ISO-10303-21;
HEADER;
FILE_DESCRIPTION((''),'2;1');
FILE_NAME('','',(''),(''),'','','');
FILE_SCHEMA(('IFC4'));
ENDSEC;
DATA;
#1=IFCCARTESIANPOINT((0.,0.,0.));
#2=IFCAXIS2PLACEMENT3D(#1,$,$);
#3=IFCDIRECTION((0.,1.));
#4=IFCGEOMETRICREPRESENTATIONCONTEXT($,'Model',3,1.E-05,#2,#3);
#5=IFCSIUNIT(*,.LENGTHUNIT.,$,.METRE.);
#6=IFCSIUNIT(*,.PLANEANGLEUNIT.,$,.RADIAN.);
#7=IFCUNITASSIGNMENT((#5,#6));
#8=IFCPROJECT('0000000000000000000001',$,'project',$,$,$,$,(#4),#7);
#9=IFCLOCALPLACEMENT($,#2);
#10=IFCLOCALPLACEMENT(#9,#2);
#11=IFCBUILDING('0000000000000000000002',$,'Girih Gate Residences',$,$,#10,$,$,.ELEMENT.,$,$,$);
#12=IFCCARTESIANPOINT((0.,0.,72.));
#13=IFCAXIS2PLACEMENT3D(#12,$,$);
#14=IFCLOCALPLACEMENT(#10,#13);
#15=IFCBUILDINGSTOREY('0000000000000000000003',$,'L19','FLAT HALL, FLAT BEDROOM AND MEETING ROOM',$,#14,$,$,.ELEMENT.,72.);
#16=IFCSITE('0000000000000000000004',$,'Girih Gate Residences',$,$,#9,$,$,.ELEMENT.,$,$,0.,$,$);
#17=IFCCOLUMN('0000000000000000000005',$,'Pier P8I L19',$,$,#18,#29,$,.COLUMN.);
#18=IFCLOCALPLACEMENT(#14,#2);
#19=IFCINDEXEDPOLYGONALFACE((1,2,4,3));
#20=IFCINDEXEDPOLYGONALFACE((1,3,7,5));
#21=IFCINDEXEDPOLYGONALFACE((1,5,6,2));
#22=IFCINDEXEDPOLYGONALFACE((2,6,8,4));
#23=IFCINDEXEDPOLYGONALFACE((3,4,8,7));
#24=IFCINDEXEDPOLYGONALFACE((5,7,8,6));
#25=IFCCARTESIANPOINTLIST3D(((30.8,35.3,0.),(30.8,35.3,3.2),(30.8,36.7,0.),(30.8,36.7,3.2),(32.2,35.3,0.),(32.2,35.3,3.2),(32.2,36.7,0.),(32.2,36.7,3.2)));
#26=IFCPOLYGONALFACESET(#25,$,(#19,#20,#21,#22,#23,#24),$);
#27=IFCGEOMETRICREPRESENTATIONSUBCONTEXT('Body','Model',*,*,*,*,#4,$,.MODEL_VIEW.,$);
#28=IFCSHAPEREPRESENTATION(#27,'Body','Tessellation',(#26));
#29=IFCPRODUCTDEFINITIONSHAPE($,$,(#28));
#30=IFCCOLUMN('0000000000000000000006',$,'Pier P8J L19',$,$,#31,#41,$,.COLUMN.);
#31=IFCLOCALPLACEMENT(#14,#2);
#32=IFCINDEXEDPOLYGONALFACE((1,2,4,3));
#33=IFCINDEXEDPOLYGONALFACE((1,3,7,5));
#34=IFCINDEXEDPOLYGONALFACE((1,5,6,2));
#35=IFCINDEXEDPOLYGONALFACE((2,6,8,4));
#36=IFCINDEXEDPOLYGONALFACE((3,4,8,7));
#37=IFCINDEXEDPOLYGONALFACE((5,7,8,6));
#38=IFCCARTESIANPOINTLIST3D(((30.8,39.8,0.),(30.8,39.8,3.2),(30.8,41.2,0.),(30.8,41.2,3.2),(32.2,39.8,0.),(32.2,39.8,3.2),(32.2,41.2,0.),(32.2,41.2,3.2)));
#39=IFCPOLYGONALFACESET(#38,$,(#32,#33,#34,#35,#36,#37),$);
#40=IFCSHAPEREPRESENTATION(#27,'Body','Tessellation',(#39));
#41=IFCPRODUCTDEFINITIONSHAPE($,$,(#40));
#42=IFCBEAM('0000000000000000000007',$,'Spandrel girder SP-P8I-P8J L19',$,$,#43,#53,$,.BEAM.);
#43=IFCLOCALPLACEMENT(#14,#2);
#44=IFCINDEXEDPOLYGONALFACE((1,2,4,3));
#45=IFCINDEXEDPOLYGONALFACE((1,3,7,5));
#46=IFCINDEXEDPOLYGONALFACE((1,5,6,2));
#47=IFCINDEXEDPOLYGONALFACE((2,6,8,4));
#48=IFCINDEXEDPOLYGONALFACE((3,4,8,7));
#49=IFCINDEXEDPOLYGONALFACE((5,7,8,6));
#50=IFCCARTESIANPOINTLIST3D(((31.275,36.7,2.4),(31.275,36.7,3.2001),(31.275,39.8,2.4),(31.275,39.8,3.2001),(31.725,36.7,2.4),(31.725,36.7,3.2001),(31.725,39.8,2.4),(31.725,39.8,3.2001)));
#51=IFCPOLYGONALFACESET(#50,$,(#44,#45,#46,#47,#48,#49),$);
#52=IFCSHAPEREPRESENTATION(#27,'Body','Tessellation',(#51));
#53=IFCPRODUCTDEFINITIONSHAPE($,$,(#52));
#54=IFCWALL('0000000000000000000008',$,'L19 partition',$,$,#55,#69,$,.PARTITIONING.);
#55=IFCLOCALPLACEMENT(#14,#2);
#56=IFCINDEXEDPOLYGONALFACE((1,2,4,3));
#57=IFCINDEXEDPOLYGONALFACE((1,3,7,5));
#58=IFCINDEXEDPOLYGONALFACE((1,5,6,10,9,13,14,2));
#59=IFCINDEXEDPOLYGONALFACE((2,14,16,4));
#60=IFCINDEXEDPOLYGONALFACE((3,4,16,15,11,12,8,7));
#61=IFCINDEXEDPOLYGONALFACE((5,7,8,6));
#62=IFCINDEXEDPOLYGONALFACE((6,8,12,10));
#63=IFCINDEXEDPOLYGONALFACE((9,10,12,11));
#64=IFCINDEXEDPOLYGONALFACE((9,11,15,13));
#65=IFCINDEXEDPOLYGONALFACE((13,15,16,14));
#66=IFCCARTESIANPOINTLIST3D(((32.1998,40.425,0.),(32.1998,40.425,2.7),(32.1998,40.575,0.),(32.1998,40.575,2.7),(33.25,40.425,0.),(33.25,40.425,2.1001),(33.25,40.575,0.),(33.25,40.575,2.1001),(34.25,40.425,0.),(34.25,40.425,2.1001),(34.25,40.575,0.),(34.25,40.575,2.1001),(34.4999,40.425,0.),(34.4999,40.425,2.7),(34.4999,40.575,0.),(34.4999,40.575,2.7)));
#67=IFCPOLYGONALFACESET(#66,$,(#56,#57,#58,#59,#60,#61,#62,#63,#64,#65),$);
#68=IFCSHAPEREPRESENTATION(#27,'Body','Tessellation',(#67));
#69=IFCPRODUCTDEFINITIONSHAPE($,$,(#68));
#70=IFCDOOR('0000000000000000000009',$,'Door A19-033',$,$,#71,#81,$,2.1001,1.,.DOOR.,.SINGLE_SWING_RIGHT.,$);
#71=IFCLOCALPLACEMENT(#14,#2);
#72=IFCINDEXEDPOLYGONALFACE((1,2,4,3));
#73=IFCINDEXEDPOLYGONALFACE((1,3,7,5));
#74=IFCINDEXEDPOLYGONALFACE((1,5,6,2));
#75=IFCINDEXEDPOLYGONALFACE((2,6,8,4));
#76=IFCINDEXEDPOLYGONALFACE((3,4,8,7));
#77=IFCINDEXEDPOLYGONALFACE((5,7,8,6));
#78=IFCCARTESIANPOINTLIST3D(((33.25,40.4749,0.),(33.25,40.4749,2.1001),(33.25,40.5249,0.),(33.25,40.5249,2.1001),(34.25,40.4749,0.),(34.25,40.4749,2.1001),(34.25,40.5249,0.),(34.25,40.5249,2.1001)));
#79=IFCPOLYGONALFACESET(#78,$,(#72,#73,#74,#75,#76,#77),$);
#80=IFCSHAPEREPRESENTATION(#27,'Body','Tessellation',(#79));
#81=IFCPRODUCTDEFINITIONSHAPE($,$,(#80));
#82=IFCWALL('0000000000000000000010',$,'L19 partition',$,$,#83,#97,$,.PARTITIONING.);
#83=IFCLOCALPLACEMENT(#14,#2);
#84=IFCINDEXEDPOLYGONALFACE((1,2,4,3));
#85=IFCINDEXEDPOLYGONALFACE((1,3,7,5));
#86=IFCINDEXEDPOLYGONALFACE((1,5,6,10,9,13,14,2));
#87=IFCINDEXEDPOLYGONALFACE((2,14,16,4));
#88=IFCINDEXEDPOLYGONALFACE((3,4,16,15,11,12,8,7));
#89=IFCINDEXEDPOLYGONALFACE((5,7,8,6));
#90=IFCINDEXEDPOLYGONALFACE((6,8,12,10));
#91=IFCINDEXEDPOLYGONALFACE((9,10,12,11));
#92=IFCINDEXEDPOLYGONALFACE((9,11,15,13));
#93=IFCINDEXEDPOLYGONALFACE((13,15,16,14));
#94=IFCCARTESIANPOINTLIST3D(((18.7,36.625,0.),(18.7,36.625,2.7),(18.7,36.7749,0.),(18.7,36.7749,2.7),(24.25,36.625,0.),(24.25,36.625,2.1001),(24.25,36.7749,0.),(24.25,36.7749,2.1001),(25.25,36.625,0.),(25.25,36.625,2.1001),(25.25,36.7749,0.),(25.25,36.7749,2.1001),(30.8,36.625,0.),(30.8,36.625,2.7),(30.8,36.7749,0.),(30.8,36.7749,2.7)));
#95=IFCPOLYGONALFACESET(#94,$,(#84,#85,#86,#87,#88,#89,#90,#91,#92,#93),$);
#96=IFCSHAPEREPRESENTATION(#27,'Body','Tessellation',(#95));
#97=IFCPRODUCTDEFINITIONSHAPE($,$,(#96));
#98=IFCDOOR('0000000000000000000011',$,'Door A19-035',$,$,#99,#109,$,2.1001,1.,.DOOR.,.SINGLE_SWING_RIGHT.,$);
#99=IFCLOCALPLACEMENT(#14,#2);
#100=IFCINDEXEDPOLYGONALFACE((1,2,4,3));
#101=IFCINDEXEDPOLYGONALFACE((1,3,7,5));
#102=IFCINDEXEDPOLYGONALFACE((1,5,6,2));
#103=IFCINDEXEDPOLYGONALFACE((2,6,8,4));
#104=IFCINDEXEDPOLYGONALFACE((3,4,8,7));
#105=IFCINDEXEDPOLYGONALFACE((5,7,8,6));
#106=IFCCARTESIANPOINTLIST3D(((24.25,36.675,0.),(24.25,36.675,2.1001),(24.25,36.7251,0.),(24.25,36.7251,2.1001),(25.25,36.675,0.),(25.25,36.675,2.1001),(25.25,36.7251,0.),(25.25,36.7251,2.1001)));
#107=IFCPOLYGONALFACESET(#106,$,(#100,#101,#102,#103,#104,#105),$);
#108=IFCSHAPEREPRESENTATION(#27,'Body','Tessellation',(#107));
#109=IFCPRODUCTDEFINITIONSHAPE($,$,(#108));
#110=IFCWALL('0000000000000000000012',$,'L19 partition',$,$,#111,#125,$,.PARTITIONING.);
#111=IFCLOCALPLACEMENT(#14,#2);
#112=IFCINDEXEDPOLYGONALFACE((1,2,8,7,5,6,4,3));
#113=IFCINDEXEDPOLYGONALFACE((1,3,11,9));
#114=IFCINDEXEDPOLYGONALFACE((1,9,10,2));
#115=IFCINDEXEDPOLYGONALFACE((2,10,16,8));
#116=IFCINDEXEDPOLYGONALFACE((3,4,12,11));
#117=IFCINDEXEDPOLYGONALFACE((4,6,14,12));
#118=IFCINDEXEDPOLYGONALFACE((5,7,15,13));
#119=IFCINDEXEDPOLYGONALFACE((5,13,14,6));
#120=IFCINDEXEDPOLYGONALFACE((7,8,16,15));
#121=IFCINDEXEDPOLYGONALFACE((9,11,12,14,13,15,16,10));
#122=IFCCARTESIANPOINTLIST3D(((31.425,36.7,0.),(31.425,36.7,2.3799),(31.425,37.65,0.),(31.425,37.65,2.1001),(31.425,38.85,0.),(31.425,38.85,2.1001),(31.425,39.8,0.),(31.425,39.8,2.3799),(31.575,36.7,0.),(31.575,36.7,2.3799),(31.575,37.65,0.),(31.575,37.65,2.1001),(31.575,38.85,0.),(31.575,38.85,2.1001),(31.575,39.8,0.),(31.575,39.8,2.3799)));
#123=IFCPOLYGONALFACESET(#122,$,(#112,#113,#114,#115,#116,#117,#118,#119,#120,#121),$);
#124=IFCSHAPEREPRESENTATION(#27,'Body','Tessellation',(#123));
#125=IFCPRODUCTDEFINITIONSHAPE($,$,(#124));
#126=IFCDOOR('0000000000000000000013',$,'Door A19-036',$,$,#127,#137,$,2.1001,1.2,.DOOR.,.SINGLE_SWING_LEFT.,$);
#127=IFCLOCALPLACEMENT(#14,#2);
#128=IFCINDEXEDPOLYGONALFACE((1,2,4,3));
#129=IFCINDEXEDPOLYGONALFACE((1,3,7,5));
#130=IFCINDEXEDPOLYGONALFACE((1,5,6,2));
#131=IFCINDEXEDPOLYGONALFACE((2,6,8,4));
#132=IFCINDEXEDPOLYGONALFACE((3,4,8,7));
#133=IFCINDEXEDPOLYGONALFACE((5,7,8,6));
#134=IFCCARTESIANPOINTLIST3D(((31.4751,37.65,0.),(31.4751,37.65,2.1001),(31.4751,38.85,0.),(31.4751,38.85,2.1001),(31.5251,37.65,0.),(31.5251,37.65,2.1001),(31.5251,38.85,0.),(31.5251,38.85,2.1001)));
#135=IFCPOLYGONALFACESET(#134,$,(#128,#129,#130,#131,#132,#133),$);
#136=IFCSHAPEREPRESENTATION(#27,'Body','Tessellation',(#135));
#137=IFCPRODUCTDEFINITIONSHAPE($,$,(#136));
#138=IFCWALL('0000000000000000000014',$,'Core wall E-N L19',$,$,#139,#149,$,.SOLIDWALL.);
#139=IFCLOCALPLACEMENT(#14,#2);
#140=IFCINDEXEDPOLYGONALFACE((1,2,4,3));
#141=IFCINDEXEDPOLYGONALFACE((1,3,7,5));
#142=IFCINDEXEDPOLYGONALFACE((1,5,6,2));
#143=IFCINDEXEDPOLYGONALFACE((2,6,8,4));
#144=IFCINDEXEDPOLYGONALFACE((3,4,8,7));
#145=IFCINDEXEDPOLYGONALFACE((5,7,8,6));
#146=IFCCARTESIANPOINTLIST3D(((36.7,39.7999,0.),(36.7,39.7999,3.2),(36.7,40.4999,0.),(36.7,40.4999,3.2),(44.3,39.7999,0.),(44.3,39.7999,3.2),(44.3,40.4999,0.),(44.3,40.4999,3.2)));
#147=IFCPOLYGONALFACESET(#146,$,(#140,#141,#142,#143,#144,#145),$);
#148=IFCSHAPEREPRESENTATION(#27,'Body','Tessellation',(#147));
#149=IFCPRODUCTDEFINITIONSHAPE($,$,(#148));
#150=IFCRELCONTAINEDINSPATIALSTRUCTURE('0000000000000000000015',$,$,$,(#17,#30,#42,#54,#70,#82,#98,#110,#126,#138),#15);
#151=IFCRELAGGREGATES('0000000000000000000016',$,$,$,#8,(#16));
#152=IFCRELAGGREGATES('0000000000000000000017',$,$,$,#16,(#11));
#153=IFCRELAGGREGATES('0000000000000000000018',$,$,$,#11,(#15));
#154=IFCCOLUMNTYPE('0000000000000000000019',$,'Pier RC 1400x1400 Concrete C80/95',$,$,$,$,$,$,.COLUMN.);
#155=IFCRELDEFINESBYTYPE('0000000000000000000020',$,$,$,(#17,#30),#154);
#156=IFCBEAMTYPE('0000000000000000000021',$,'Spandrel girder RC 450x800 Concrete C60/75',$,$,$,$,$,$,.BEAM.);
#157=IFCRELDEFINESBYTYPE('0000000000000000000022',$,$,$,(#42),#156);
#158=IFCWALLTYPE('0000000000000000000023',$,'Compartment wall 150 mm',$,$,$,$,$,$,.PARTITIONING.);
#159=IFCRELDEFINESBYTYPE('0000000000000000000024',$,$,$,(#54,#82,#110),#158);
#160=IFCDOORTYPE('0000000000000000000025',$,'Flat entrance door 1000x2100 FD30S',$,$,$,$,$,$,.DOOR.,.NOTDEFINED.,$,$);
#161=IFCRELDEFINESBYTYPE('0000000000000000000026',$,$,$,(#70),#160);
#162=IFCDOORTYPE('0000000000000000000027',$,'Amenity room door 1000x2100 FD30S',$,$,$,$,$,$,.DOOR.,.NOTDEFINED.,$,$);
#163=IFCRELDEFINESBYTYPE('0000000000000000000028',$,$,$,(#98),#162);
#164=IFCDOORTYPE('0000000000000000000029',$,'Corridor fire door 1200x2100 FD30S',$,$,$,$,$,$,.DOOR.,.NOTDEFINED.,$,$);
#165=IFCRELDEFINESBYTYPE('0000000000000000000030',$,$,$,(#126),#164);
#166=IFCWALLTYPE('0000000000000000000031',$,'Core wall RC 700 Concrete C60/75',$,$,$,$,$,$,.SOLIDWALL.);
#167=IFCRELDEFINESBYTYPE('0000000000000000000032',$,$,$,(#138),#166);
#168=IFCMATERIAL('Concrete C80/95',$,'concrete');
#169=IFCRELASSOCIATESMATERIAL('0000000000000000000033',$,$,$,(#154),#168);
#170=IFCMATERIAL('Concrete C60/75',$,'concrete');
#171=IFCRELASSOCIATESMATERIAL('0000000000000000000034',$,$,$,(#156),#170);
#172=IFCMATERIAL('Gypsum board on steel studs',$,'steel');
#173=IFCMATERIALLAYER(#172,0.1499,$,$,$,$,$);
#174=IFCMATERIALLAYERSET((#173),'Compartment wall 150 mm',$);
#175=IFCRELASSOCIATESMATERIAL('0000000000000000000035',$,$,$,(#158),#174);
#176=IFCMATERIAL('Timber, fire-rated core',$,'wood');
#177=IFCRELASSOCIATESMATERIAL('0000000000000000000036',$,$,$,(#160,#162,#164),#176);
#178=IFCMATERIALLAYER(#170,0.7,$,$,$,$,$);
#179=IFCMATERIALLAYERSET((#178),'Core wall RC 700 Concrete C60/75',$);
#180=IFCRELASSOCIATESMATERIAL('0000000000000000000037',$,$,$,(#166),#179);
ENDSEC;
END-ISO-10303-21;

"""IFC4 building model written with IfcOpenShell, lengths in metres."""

from ifc_helpers import new_model, si_unit, direction, frame, frame_2d, origin, origin_2d, place, context, subcontext, project, spatial, rectangle, extrude, material, layer, layer_set, material_profile, profile_set, type_object, element, fill, save


model = new_model("IFC4")

# Units and contexts
model_context = context("Model", 3, precision=1e-05, world=origin(), true_north=direction((0.0, 1.0)))
body_context = subcontext(model_context, "Body", "Model", "MODEL_VIEW")
ifc_project = project(units=[si_unit("LENGTHUNIT", "METRE"), si_unit("PLANEANGLEUNIT", "RADIAN")], contexts=[model_context])

# Site, building, storey
site_placement = place(None, origin())
site = spatial("IfcSite", under=ifc_project, at=site_placement, Name="Girih Gate Residences", CompositionType="ELEMENT", RefElevation=0.0)
building_placement = place(site_placement, origin())
building = spatial("IfcBuilding", under=site, at=building_placement, Name="Girih Gate Residences", CompositionType="ELEMENT")
storey_placement = place(building_placement, frame((0.0, 0.0, 72.0)))
storey = spatial("IfcBuildingStorey", under=building, at=storey_placement, Name="L19", Description="FLAT HALL, FLAT BEDROOM AND MEETING ROOM", CompositionType="ELEMENT", Elevation=72.0)

# Columns
ifc_material_1 = material(Name="Concrete C80/95", Category="concrete")
ifc_material_profile_1 = material_profile(ifc_material_1, rectangle(XDim=1.3999, YDim=1.3999, at=origin_2d()))
ifc_profile_set_1 = profile_set([ifc_material_profile_1], Name="Concrete C80/95")
column_type = type_object("IfcColumnType", Name="Pier RC 1400x1400 Concrete C80/95", PredefinedType="COLUMN", material=ifc_profile_set_1)
for number, where, z_axis, x_axis, name in (
    (1, (31.5, 36.0, 0.0), (0.0, 0.0, 1.0), (1.0, 0.0, 0.0), "Pier P8I L19"),
    (2, (31.5, 40.5, 0.0), (0.0, 0.0, 1.0), (1.0, 0.0, 0.0), "Pier P8J L19"),
):
    element("IfcColumn", number, at=place(storey_placement, frame(where, z_axis=z_axis, x_axis=x_axis)), inside=storey, type_object=column_type, Name=name, PredefinedType="COLUMN", context=body_context, shape_type="SweptSolid", body=[
        extrude(rectangle(XDim=1.3999, YDim=1.3999, at=origin_2d()), origin(), (0.0, 0.0, 1.0), 3.2),
    ])

# Beam
ifc_material_2 = material(Name="Concrete C60/75", Category="concrete")
ifc_material_profile_2 = material_profile(ifc_material_2, rectangle(XDim=0.45, YDim=0.8, at=origin_2d()))
ifc_profile_set_2 = profile_set([ifc_material_profile_2], Name="Concrete C60/75")
beam_type = type_object("IfcBeamType", Name="Spandrel girder RC 450x800 Concrete C60/75", PredefinedType="BEAM", material=ifc_profile_set_2)
beam_placement = place(storey_placement, frame((31.5, 36.7, 2.8), z_axis=(0.0, 1.0, 0.0), x_axis=(-1.0, 0.0, 0.0)))
element("IfcBeam", 3, at=beam_placement, inside=storey, type_object=beam_type, Name="Spandrel girder SP-P8I-P8J L19", PredefinedType="BEAM", context=body_context, shape_type="SweptSolid", body=[
    extrude(rectangle(XDim=0.45, YDim=0.8, at=origin_2d()), origin(), (0.0, 0.0, 1.0), 3.1001),
])

# Walls, openings, doors
ifc_material_3 = material(Name="Gypsum board on steel studs", Category="steel")
ifc_layer_1 = layer(ifc_material_3, 0.1499)
ifc_layer_set_1 = layer_set([ifc_layer_1], Name="Compartment wall 150 mm")
wall_type_1 = type_object("IfcWallType", Name="Compartment wall 150 mm", PredefinedType="PARTITIONING", material=ifc_layer_set_1)
wall_1_placement = place(storey_placement, frame((32.2, 40.5, 0.0), z_axis=(0.0, 0.0, 1.0), x_axis=(1.0, 0.0, 0.0)))
wall_1 = element("IfcWall", 4, at=wall_1_placement, inside=storey, type_object=wall_type_1, Name="L19 partition", PredefinedType="PARTITIONING", context=body_context, shape_type="SweptSolid", body=[
    extrude(rectangle(XDim=2.3, YDim=0.1499, at=frame_2d((1.1499, 0.0))), origin(), (0.0, 0.0, 1.0), 2.7),
])
opening_1_placement = place(wall_1_placement, frame((1.05, 0.0, 0.0)))
opening_1 = element("IfcOpeningElement", 5, at=opening_1_placement, cuts=wall_1, PredefinedType="OPENING", context=body_context, shape_type="SweptSolid", body=[
    extrude(rectangle(XDim=1.0, YDim=2.1001, at=frame_2d((0.5, 1.05))), frame((0.0, 0.085, 0.0), z_axis=(0.0, -1.0, 0.0), x_axis=(1.0, 0.0, 0.0)), (0.0, 0.0, 1.0), 0.1699),
])
ifc_material_4 = material(Name="Timber, fire-rated core", Category="wood")
door_type_1 = type_object("IfcDoorType", Name="Flat entrance door 1000x2100 FD30S", OperationType="NOTDEFINED", PredefinedType="DOOR", material=ifc_material_4)
door_1_placement = place(opening_1_placement, origin())
door_1 = element("IfcDoor", 6, at=door_1_placement, inside=storey, type_object=door_type_1, Name="Door A19-033", OperationType="SINGLE_SWING_RIGHT", OverallHeight=2.1001, OverallWidth=1.0, PredefinedType="DOOR", context=body_context, shape_type="SweptSolid", body=[
    extrude(rectangle(XDim=1.0, YDim=2.1001, at=frame_2d((0.5, 1.05))), frame((0.0, 0.0249, 0.0), z_axis=(0.0, -1.0, 0.0), x_axis=(1.0, 0.0, 0.0)), (0.0, 0.0, 1.0), 0.05),
])
fill(opening_1, door_1)
wall_2_placement = place(storey_placement, frame((30.8, 36.7, 0.0), z_axis=(0.0, 0.0, 1.0), x_axis=(-1.0, 0.0, 0.0)))
wall_2 = element("IfcWall", 7, at=wall_2_placement, inside=storey, type_object=wall_type_1, Name="L19 partition", PredefinedType="PARTITIONING", context=body_context, shape_type="SweptSolid", body=[
    extrude(rectangle(XDim=12.1001, YDim=0.1499, at=frame_2d((6.05, 0.0))), origin(), (0.0, 0.0, 1.0), 2.7),
])
opening_2_placement = place(wall_2_placement, frame((5.55, 0.0, 0.0)))
opening_2 = element("IfcOpeningElement", 8, at=opening_2_placement, cuts=wall_2, PredefinedType="OPENING", context=body_context, shape_type="SweptSolid", body=[
    extrude(rectangle(XDim=1.0, YDim=2.1001, at=frame_2d((0.5, 1.05))), frame((0.0, 0.085, 0.0), z_axis=(0.0, -1.0, 0.0), x_axis=(1.0, 0.0, 0.0)), (0.0, 0.0, 1.0), 0.1699),
])
door_type_2 = type_object("IfcDoorType", Name="Amenity room door 1000x2100 FD30S", OperationType="NOTDEFINED", PredefinedType="DOOR", material=ifc_material_4)
door_2_placement = place(opening_2_placement, origin())
door_2 = element("IfcDoor", 9, at=door_2_placement, inside=storey, type_object=door_type_2, Name="Door A19-035", OperationType="SINGLE_SWING_RIGHT", OverallHeight=2.1001, OverallWidth=1.0, PredefinedType="DOOR", context=body_context, shape_type="SweptSolid", body=[
    extrude(rectangle(XDim=1.0, YDim=2.1001, at=frame_2d((0.5, 1.05))), frame((0.0, 0.0249, 0.0), z_axis=(0.0, -1.0, 0.0), x_axis=(1.0, 0.0, 0.0)), (0.0, 0.0, 1.0), 0.05),
])
fill(opening_2, door_2)
wall_3_placement = place(storey_placement, frame((31.5, 36.7, 0.0), z_axis=(0.0, 0.0, 1.0), x_axis=(0.0, 1.0, 0.0)))
wall_3 = element("IfcWall", 10, at=wall_3_placement, inside=storey, type_object=wall_type_1, Name="L19 partition", PredefinedType="PARTITIONING", context=body_context, shape_type="SweptSolid", body=[
    extrude(rectangle(XDim=3.1001, YDim=0.1499, at=frame_2d((1.55, 0.0))), origin(), (0.0, 0.0, 1.0), 2.3799),
])
opening_3_placement = place(wall_3_placement, frame((0.95, 0.0, 0.0)))
opening_3 = element("IfcOpeningElement", 11, at=opening_3_placement, cuts=wall_3, PredefinedType="OPENING", context=body_context, shape_type="SweptSolid", body=[
    extrude(rectangle(XDim=1.2, YDim=2.1001, at=frame_2d((0.6001, 1.05))), frame((0.0, 0.085, 0.0), z_axis=(0.0, -1.0, 0.0), x_axis=(1.0, 0.0, 0.0)), (0.0, 0.0, 1.0), 0.1699),
])
door_type_3 = type_object("IfcDoorType", Name="Corridor fire door 1200x2100 FD30S", OperationType="NOTDEFINED", PredefinedType="DOOR", material=ifc_material_4)
door_3_placement = place(opening_3_placement, origin())
door_3 = element("IfcDoor", 12, at=door_3_placement, inside=storey, type_object=door_type_3, Name="Door A19-036", OperationType="SINGLE_SWING_LEFT", OverallHeight=2.1001, OverallWidth=1.2, PredefinedType="DOOR", context=body_context, shape_type="SweptSolid", body=[
    extrude(rectangle(XDim=1.2, YDim=2.1001, at=frame_2d((0.6001, 1.05))), frame((0.0, 0.0249, 0.0), z_axis=(0.0, -1.0, 0.0), x_axis=(1.0, 0.0, 0.0)), (0.0, 0.0, 1.0), 0.05),
])
fill(opening_3, door_3)

# Wall
ifc_layer_2 = layer(ifc_material_2, 0.7)
ifc_layer_set_2 = layer_set([ifc_layer_2], Name="Core wall RC 700 Concrete C60/75")
wall_type_2 = type_object("IfcWallType", Name="Core wall RC 700 Concrete C60/75", PredefinedType="SOLIDWALL", material=ifc_layer_set_2)
wall_4_placement = place(storey_placement, frame((36.7, 40.1499, 0.0), z_axis=(0.0, 0.0, 1.0), x_axis=(1.0, 0.0, 0.0)))
element("IfcWall", 13, at=wall_4_placement, inside=storey, type_object=wall_type_2, Name="Core wall E-N L19", PredefinedType="SOLIDWALL", context=body_context, shape_type="SweptSolid", body=[
    extrude(rectangle(XDim=7.6001, YDim=0.7, at=frame_2d((3.8, 0.0))), origin(), (0.0, 0.0, 1.0), 3.2),
])

save(model, "model.ifc")
